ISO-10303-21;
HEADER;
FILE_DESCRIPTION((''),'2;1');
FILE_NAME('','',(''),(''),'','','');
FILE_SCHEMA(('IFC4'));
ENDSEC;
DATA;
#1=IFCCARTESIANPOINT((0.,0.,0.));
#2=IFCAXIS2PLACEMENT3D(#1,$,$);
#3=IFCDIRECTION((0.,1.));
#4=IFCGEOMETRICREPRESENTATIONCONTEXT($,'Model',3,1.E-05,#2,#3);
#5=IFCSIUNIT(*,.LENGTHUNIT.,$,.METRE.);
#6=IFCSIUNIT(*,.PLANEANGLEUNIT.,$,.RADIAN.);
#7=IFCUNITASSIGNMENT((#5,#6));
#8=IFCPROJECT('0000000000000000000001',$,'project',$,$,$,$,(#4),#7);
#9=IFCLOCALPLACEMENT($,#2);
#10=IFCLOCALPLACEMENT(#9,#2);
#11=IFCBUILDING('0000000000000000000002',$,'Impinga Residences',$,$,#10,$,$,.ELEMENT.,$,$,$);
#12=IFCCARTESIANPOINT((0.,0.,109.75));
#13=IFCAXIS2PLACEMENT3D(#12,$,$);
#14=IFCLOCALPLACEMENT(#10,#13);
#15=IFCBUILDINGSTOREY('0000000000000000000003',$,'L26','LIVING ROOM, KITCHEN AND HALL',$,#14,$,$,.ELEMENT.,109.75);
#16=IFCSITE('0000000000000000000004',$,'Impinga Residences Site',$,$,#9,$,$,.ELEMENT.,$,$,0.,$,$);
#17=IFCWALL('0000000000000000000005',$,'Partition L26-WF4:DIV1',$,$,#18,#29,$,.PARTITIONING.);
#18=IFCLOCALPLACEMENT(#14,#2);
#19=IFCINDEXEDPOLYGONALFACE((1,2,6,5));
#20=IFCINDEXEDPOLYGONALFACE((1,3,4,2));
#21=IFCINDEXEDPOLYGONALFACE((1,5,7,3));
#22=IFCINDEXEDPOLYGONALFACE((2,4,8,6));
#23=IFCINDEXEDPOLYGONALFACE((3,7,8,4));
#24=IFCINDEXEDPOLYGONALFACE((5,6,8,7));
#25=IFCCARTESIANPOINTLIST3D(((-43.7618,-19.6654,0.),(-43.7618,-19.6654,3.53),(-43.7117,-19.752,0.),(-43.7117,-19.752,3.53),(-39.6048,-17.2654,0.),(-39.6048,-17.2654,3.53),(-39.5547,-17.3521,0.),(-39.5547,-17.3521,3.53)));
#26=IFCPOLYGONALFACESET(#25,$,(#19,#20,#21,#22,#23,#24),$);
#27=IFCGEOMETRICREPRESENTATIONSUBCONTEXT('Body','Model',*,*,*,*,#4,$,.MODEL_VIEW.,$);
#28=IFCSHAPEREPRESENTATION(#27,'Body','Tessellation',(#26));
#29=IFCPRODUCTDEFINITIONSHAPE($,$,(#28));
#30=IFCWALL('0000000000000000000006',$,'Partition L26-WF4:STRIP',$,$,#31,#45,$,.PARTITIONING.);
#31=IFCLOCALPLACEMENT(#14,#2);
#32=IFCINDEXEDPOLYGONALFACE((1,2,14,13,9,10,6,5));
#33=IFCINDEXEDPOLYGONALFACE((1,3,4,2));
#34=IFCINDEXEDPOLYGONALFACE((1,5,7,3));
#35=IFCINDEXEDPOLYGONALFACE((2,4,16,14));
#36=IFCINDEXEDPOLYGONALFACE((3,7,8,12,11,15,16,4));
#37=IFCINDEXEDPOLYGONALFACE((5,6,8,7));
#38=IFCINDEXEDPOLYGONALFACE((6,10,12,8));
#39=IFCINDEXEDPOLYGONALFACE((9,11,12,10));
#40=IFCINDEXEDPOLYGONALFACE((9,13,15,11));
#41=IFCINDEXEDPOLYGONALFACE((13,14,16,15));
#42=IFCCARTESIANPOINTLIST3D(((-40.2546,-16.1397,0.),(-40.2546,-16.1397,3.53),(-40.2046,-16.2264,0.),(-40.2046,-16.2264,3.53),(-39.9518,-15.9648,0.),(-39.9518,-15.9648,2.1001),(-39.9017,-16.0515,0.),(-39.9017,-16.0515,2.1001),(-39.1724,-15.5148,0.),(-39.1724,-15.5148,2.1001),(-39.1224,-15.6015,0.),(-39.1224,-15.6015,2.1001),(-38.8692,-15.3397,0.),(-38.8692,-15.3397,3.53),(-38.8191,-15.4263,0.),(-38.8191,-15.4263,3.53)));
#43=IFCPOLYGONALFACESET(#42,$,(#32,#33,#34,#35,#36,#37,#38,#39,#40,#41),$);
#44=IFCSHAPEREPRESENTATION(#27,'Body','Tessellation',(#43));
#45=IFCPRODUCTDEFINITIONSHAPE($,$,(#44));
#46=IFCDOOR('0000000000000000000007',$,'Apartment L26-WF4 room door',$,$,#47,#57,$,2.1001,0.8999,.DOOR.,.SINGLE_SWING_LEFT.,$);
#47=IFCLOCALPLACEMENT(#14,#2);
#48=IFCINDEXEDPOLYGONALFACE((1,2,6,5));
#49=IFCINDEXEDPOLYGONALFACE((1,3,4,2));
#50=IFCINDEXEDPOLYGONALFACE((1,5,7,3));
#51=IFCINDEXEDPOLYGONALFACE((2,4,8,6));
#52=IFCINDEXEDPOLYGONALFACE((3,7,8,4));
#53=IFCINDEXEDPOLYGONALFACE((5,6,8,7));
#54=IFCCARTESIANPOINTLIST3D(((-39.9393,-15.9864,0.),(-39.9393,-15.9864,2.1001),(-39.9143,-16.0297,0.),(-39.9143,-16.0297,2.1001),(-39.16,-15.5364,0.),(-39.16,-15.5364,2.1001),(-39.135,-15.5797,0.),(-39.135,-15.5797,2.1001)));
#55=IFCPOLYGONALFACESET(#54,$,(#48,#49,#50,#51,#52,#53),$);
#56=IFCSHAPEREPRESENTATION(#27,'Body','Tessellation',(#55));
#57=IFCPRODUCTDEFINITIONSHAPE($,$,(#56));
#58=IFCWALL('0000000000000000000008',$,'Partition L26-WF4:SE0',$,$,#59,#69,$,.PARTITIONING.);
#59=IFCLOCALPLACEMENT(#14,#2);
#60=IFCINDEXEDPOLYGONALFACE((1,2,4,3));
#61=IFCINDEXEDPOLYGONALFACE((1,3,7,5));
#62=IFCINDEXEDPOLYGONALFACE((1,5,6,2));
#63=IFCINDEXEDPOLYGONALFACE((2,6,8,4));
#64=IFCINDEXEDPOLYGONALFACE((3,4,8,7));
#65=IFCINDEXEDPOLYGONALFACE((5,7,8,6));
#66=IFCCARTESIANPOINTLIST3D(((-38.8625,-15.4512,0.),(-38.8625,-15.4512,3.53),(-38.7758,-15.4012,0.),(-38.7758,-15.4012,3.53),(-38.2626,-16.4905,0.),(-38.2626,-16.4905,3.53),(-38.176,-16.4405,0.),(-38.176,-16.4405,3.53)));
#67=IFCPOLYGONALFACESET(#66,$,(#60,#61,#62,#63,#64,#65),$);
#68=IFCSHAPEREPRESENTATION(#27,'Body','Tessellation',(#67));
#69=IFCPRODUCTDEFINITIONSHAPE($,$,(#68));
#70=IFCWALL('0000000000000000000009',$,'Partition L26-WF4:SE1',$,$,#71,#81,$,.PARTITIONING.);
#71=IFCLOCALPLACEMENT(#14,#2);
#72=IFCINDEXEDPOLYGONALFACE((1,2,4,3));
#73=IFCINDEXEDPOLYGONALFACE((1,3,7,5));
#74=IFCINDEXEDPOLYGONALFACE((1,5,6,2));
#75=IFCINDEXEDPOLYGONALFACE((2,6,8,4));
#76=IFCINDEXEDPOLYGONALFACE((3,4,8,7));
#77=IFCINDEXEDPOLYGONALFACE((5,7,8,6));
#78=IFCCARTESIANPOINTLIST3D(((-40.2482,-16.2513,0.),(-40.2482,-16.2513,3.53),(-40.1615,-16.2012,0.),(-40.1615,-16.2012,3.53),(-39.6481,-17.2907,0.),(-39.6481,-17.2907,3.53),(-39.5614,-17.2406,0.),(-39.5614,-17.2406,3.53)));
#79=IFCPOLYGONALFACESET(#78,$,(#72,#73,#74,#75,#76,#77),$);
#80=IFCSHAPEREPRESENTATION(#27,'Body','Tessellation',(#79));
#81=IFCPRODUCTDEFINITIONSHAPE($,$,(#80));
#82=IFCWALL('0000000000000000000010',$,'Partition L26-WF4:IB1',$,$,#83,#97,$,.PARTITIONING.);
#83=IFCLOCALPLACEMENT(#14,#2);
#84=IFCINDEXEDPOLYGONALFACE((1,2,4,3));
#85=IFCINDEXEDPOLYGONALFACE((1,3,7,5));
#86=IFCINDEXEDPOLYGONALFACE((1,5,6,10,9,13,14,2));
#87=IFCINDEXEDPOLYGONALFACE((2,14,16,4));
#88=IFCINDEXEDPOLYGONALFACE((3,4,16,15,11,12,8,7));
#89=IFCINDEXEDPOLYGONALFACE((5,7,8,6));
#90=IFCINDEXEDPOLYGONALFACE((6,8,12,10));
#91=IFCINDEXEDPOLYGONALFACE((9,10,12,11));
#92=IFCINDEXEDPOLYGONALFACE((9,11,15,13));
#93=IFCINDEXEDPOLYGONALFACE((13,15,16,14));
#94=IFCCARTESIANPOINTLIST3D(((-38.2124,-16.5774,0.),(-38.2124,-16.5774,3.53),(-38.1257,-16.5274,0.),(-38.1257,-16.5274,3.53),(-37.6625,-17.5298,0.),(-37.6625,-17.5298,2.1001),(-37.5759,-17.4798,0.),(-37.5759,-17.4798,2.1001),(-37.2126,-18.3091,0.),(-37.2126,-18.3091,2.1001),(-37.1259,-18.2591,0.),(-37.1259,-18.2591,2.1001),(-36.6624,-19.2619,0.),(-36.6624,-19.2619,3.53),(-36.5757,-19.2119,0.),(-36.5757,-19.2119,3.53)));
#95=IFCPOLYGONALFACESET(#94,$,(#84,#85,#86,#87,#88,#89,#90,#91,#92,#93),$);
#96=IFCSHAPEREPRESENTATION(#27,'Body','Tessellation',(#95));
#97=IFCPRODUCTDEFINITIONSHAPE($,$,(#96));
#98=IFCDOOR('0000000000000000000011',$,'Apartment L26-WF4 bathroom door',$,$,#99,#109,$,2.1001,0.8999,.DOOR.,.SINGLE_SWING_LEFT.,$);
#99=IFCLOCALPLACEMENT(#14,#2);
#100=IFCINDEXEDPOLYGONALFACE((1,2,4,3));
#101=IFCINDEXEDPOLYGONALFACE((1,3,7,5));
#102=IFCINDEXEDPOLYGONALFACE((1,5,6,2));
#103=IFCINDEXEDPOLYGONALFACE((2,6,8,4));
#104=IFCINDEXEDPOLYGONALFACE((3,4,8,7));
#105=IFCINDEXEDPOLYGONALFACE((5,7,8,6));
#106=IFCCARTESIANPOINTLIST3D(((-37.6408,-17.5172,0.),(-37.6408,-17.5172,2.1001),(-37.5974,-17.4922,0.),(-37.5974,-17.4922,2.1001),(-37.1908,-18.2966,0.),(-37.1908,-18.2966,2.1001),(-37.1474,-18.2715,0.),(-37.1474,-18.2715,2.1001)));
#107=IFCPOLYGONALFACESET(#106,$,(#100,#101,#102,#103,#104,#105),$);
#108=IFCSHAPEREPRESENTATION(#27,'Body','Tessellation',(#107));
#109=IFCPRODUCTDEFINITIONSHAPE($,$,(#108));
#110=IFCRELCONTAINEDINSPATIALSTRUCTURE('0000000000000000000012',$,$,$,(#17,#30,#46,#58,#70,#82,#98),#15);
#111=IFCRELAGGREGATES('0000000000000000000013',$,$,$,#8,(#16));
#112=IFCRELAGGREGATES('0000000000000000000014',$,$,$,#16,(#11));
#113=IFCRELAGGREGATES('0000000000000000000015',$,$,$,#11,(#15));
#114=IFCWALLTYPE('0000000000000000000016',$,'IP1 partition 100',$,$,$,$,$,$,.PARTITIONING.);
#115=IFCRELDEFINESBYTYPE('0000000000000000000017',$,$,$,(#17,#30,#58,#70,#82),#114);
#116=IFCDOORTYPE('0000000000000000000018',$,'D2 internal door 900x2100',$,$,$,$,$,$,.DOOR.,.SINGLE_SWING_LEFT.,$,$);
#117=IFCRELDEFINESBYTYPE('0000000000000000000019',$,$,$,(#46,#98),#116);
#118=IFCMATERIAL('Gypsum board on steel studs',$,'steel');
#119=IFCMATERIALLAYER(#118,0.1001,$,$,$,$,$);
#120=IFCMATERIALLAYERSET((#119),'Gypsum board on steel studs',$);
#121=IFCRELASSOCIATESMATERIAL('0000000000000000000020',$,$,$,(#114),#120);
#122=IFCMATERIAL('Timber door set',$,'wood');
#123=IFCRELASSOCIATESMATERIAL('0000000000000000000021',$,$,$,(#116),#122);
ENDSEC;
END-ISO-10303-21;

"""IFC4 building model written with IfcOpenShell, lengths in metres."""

from ifc_helpers import new_model, si_unit, direction, frame, frame_2d, origin, place, context, subcontext, project, spatial, rectangle, extrude, material, layer, layer_set, type_object, element, fill, save


model = new_model("IFC4")

# Units and contexts
model_context = context("Model", 3, precision=1e-05, world=origin(), true_north=direction((0.0, 1.0)))
body_context = subcontext(model_context, "Body", "Model", "MODEL_VIEW")
ifc_project = project(units=[si_unit("LENGTHUNIT", "METRE"), si_unit("PLANEANGLEUNIT", "RADIAN")], contexts=[model_context])

# Site, building, storey
site_placement = place(None, origin())
site = spatial("IfcSite", under=ifc_project, at=site_placement, Name="Impinga Residences Site", CompositionType="ELEMENT", RefElevation=0.0)
building_placement = place(site_placement, origin())
building = spatial("IfcBuilding", under=site, at=building_placement, Name="Impinga Residences", CompositionType="ELEMENT")
storey_placement = place(building_placement, frame((0.0, 0.0, 109.75)))
storey = spatial("IfcBuildingStorey", under=building, at=storey_placement, Name="L26", Description="LIVING ROOM, KITCHEN AND HALL", CompositionType="ELEMENT", Elevation=109.75)

# Wall
ifc_material_1 = material(Name="Gypsum board on steel studs", Category="steel")
ifc_layer_1 = layer(ifc_material_1, 0.1001)
ifc_layer_set_1 = layer_set([ifc_layer_1], Name="Gypsum board on steel studs")
wall_type_1 = type_object("IfcWallType", Name="IP1 partition 100", PredefinedType="PARTITIONING", material=ifc_layer_set_1)
wall_1_placement = place(storey_placement, frame((-39.5798, -17.3088, 0.0), z_axis=(0.0, 0.0, 1.0), x_axis=(-0.866037, -0.499979, 0.0)))
element("IfcWall", 1, at=wall_1_placement, inside=storey, type_object=wall_type_1, Name="Partition L26-WF4:DIV1", PredefinedType="PARTITIONING", context=body_context, shape_type="SweptSolid", body=[
    extrude(rectangle(XDim=4.8, YDim=0.1001, at=frame_2d((2.3999, 0.0))), origin(), (0.0, 0.0, 1.0), 3.53),
])

# Wall, opening, door
wall_2_placement = place(storey_placement, frame((-38.8442, -15.3831, 0.0), z_axis=(0.0, 0.0, 1.0), x_axis=(-0.86599, -0.500061, 0.0)))
wall_2 = element("IfcWall", 2, at=wall_2_placement, inside=storey, type_object=wall_type_1, Name="Partition L26-WF4:STRIP", PredefinedType="PARTITIONING", context=body_context, shape_type="SweptSolid", body=[
    extrude(rectangle(XDim=1.5999, YDim=0.1001, at=frame_2d((0.7998, 0.0))), origin(), (0.0, 0.0, 1.0), 3.53),
])
opening_1_placement = place(wall_2_placement, frame((0.3501, 0.0, 0.0)))
opening_1 = element("IfcOpeningElement", 3, at=opening_1_placement, cuts=wall_2, PredefinedType="OPENING", context=body_context, shape_type="SweptSolid", body=[
    extrude(rectangle(XDim=0.8999, YDim=2.1001, at=frame_2d((0.45, 1.05))), frame((0.0, 0.0601, 0.0), z_axis=(0.0, -1.0, 0.0), x_axis=(1.0, 0.0, 0.0)), (0.0, 0.0, 1.0), 0.1201),
])
ifc_material_2 = material(Name="Timber door set", Category="wood")
door_type = type_object("IfcDoorType", Name="D2 internal door 900x2100", OperationType="SINGLE_SWING_LEFT", PredefinedType="DOOR", material=ifc_material_2)
door_1_placement = place(opening_1_placement, origin())
door_1 = element("IfcDoor", 4, at=door_1_placement, inside=storey, type_object=door_type, Name="Apartment L26-WF4 room door", OperationType="SINGLE_SWING_LEFT", OverallHeight=2.1001, OverallWidth=0.8999, PredefinedType="DOOR", context=body_context, shape_type="SweptSolid", body=[
    extrude(rectangle(XDim=0.8999, YDim=2.1001, at=frame_2d((0.45, 1.05))), frame((0.0, 0.0249, 0.0), z_axis=(0.0, -1.0, 0.0), x_axis=(1.0, 0.0, 0.0)), (0.0, 0.0, 1.0), 0.05),
])
fill(opening_1, door_1)

# Walls
wall_3_placement = place(storey_placement, frame((-38.2192, -16.4656, 0.0), z_axis=(0.0, 0.0, 1.0), x_axis=(-0.499881, 0.866094, 0.0)))
element("IfcWall", 5, at=wall_3_placement, inside=storey, type_object=wall_type_1, Name="Partition L26-WF4:SE0", PredefinedType="PARTITIONING", context=body_context, shape_type="SweptSolid", body=[
    extrude(rectangle(XDim=1.2, YDim=0.1001, at=frame_2d((0.6001, 0.0))), origin(), (0.0, 0.0, 1.0), 3.53),
])
wall_4_placement = place(storey_placement, frame((-39.6047, -17.2656, 0.0), z_axis=(0.0, 0.0, 1.0), x_axis=(-0.500034, 0.866006, 0.0)))
element("IfcWall", 6, at=wall_4_placement, inside=storey, type_object=wall_type_1, Name="Partition L26-WF4:SE1", PredefinedType="PARTITIONING", context=body_context, shape_type="SweptSolid", body=[
    extrude(rectangle(XDim=1.2002, YDim=0.1001, at=frame_2d((0.6001, 0.0))), origin(), (0.0, 0.0, 1.0), 3.53),
])

# Wall, opening, door
wall_5_placement = place(storey_placement, frame((-36.6191, -19.2368, 0.0), z_axis=(0.0, 0.0, 1.0), x_axis=(-0.500027, 0.86601, 0.0)))
wall_5 = element("IfcWall", 7, at=wall_5_placement, inside=storey, type_object=wall_type_1, Name="Partition L26-WF4:IB1", PredefinedType="PARTITIONING", context=body_context, shape_type="SweptSolid", body=[
    extrude(rectangle(XDim=3.0999, YDim=0.1001, at=frame_2d((1.5498, 0.0))), origin(), (0.0, 0.0, 1.0), 3.53),
])
opening_2_placement = place(wall_5_placement, frame((1.1001, 0.0, 0.0)))
opening_2 = element("IfcOpeningElement", 8, at=opening_2_placement, cuts=wall_5, PredefinedType="OPENING", context=body_context, shape_type="SweptSolid", body=[
    extrude(rectangle(XDim=0.8999, YDim=2.1001, at=frame_2d((0.45, 1.05))), frame((0.0, 0.0601, 0.0), z_axis=(0.0, -1.0, 0.0), x_axis=(1.0, 0.0, 0.0)), (0.0, 0.0, 1.0), 0.1201),
])
door_2_placement = place(opening_2_placement, origin())
door_2 = element("IfcDoor", 9, at=door_2_placement, inside=storey, type_object=door_type, Name="Apartment L26-WF4 bathroom door", OperationType="SINGLE_SWING_LEFT", OverallHeight=2.1001, OverallWidth=0.8999, PredefinedType="DOOR", context=body_context, shape_type="SweptSolid", body=[
    extrude(rectangle(XDim=0.8999, YDim=2.1001, at=frame_2d((0.45, 1.05))), frame((0.0, 0.0249, 0.0), z_axis=(0.0, -1.0, 0.0), x_axis=(1.0, 0.0, 0.0)), (0.0, 0.0, 1.0), 0.05),
])
fill(opening_2, door_2)

save(model, "model.ifc")
